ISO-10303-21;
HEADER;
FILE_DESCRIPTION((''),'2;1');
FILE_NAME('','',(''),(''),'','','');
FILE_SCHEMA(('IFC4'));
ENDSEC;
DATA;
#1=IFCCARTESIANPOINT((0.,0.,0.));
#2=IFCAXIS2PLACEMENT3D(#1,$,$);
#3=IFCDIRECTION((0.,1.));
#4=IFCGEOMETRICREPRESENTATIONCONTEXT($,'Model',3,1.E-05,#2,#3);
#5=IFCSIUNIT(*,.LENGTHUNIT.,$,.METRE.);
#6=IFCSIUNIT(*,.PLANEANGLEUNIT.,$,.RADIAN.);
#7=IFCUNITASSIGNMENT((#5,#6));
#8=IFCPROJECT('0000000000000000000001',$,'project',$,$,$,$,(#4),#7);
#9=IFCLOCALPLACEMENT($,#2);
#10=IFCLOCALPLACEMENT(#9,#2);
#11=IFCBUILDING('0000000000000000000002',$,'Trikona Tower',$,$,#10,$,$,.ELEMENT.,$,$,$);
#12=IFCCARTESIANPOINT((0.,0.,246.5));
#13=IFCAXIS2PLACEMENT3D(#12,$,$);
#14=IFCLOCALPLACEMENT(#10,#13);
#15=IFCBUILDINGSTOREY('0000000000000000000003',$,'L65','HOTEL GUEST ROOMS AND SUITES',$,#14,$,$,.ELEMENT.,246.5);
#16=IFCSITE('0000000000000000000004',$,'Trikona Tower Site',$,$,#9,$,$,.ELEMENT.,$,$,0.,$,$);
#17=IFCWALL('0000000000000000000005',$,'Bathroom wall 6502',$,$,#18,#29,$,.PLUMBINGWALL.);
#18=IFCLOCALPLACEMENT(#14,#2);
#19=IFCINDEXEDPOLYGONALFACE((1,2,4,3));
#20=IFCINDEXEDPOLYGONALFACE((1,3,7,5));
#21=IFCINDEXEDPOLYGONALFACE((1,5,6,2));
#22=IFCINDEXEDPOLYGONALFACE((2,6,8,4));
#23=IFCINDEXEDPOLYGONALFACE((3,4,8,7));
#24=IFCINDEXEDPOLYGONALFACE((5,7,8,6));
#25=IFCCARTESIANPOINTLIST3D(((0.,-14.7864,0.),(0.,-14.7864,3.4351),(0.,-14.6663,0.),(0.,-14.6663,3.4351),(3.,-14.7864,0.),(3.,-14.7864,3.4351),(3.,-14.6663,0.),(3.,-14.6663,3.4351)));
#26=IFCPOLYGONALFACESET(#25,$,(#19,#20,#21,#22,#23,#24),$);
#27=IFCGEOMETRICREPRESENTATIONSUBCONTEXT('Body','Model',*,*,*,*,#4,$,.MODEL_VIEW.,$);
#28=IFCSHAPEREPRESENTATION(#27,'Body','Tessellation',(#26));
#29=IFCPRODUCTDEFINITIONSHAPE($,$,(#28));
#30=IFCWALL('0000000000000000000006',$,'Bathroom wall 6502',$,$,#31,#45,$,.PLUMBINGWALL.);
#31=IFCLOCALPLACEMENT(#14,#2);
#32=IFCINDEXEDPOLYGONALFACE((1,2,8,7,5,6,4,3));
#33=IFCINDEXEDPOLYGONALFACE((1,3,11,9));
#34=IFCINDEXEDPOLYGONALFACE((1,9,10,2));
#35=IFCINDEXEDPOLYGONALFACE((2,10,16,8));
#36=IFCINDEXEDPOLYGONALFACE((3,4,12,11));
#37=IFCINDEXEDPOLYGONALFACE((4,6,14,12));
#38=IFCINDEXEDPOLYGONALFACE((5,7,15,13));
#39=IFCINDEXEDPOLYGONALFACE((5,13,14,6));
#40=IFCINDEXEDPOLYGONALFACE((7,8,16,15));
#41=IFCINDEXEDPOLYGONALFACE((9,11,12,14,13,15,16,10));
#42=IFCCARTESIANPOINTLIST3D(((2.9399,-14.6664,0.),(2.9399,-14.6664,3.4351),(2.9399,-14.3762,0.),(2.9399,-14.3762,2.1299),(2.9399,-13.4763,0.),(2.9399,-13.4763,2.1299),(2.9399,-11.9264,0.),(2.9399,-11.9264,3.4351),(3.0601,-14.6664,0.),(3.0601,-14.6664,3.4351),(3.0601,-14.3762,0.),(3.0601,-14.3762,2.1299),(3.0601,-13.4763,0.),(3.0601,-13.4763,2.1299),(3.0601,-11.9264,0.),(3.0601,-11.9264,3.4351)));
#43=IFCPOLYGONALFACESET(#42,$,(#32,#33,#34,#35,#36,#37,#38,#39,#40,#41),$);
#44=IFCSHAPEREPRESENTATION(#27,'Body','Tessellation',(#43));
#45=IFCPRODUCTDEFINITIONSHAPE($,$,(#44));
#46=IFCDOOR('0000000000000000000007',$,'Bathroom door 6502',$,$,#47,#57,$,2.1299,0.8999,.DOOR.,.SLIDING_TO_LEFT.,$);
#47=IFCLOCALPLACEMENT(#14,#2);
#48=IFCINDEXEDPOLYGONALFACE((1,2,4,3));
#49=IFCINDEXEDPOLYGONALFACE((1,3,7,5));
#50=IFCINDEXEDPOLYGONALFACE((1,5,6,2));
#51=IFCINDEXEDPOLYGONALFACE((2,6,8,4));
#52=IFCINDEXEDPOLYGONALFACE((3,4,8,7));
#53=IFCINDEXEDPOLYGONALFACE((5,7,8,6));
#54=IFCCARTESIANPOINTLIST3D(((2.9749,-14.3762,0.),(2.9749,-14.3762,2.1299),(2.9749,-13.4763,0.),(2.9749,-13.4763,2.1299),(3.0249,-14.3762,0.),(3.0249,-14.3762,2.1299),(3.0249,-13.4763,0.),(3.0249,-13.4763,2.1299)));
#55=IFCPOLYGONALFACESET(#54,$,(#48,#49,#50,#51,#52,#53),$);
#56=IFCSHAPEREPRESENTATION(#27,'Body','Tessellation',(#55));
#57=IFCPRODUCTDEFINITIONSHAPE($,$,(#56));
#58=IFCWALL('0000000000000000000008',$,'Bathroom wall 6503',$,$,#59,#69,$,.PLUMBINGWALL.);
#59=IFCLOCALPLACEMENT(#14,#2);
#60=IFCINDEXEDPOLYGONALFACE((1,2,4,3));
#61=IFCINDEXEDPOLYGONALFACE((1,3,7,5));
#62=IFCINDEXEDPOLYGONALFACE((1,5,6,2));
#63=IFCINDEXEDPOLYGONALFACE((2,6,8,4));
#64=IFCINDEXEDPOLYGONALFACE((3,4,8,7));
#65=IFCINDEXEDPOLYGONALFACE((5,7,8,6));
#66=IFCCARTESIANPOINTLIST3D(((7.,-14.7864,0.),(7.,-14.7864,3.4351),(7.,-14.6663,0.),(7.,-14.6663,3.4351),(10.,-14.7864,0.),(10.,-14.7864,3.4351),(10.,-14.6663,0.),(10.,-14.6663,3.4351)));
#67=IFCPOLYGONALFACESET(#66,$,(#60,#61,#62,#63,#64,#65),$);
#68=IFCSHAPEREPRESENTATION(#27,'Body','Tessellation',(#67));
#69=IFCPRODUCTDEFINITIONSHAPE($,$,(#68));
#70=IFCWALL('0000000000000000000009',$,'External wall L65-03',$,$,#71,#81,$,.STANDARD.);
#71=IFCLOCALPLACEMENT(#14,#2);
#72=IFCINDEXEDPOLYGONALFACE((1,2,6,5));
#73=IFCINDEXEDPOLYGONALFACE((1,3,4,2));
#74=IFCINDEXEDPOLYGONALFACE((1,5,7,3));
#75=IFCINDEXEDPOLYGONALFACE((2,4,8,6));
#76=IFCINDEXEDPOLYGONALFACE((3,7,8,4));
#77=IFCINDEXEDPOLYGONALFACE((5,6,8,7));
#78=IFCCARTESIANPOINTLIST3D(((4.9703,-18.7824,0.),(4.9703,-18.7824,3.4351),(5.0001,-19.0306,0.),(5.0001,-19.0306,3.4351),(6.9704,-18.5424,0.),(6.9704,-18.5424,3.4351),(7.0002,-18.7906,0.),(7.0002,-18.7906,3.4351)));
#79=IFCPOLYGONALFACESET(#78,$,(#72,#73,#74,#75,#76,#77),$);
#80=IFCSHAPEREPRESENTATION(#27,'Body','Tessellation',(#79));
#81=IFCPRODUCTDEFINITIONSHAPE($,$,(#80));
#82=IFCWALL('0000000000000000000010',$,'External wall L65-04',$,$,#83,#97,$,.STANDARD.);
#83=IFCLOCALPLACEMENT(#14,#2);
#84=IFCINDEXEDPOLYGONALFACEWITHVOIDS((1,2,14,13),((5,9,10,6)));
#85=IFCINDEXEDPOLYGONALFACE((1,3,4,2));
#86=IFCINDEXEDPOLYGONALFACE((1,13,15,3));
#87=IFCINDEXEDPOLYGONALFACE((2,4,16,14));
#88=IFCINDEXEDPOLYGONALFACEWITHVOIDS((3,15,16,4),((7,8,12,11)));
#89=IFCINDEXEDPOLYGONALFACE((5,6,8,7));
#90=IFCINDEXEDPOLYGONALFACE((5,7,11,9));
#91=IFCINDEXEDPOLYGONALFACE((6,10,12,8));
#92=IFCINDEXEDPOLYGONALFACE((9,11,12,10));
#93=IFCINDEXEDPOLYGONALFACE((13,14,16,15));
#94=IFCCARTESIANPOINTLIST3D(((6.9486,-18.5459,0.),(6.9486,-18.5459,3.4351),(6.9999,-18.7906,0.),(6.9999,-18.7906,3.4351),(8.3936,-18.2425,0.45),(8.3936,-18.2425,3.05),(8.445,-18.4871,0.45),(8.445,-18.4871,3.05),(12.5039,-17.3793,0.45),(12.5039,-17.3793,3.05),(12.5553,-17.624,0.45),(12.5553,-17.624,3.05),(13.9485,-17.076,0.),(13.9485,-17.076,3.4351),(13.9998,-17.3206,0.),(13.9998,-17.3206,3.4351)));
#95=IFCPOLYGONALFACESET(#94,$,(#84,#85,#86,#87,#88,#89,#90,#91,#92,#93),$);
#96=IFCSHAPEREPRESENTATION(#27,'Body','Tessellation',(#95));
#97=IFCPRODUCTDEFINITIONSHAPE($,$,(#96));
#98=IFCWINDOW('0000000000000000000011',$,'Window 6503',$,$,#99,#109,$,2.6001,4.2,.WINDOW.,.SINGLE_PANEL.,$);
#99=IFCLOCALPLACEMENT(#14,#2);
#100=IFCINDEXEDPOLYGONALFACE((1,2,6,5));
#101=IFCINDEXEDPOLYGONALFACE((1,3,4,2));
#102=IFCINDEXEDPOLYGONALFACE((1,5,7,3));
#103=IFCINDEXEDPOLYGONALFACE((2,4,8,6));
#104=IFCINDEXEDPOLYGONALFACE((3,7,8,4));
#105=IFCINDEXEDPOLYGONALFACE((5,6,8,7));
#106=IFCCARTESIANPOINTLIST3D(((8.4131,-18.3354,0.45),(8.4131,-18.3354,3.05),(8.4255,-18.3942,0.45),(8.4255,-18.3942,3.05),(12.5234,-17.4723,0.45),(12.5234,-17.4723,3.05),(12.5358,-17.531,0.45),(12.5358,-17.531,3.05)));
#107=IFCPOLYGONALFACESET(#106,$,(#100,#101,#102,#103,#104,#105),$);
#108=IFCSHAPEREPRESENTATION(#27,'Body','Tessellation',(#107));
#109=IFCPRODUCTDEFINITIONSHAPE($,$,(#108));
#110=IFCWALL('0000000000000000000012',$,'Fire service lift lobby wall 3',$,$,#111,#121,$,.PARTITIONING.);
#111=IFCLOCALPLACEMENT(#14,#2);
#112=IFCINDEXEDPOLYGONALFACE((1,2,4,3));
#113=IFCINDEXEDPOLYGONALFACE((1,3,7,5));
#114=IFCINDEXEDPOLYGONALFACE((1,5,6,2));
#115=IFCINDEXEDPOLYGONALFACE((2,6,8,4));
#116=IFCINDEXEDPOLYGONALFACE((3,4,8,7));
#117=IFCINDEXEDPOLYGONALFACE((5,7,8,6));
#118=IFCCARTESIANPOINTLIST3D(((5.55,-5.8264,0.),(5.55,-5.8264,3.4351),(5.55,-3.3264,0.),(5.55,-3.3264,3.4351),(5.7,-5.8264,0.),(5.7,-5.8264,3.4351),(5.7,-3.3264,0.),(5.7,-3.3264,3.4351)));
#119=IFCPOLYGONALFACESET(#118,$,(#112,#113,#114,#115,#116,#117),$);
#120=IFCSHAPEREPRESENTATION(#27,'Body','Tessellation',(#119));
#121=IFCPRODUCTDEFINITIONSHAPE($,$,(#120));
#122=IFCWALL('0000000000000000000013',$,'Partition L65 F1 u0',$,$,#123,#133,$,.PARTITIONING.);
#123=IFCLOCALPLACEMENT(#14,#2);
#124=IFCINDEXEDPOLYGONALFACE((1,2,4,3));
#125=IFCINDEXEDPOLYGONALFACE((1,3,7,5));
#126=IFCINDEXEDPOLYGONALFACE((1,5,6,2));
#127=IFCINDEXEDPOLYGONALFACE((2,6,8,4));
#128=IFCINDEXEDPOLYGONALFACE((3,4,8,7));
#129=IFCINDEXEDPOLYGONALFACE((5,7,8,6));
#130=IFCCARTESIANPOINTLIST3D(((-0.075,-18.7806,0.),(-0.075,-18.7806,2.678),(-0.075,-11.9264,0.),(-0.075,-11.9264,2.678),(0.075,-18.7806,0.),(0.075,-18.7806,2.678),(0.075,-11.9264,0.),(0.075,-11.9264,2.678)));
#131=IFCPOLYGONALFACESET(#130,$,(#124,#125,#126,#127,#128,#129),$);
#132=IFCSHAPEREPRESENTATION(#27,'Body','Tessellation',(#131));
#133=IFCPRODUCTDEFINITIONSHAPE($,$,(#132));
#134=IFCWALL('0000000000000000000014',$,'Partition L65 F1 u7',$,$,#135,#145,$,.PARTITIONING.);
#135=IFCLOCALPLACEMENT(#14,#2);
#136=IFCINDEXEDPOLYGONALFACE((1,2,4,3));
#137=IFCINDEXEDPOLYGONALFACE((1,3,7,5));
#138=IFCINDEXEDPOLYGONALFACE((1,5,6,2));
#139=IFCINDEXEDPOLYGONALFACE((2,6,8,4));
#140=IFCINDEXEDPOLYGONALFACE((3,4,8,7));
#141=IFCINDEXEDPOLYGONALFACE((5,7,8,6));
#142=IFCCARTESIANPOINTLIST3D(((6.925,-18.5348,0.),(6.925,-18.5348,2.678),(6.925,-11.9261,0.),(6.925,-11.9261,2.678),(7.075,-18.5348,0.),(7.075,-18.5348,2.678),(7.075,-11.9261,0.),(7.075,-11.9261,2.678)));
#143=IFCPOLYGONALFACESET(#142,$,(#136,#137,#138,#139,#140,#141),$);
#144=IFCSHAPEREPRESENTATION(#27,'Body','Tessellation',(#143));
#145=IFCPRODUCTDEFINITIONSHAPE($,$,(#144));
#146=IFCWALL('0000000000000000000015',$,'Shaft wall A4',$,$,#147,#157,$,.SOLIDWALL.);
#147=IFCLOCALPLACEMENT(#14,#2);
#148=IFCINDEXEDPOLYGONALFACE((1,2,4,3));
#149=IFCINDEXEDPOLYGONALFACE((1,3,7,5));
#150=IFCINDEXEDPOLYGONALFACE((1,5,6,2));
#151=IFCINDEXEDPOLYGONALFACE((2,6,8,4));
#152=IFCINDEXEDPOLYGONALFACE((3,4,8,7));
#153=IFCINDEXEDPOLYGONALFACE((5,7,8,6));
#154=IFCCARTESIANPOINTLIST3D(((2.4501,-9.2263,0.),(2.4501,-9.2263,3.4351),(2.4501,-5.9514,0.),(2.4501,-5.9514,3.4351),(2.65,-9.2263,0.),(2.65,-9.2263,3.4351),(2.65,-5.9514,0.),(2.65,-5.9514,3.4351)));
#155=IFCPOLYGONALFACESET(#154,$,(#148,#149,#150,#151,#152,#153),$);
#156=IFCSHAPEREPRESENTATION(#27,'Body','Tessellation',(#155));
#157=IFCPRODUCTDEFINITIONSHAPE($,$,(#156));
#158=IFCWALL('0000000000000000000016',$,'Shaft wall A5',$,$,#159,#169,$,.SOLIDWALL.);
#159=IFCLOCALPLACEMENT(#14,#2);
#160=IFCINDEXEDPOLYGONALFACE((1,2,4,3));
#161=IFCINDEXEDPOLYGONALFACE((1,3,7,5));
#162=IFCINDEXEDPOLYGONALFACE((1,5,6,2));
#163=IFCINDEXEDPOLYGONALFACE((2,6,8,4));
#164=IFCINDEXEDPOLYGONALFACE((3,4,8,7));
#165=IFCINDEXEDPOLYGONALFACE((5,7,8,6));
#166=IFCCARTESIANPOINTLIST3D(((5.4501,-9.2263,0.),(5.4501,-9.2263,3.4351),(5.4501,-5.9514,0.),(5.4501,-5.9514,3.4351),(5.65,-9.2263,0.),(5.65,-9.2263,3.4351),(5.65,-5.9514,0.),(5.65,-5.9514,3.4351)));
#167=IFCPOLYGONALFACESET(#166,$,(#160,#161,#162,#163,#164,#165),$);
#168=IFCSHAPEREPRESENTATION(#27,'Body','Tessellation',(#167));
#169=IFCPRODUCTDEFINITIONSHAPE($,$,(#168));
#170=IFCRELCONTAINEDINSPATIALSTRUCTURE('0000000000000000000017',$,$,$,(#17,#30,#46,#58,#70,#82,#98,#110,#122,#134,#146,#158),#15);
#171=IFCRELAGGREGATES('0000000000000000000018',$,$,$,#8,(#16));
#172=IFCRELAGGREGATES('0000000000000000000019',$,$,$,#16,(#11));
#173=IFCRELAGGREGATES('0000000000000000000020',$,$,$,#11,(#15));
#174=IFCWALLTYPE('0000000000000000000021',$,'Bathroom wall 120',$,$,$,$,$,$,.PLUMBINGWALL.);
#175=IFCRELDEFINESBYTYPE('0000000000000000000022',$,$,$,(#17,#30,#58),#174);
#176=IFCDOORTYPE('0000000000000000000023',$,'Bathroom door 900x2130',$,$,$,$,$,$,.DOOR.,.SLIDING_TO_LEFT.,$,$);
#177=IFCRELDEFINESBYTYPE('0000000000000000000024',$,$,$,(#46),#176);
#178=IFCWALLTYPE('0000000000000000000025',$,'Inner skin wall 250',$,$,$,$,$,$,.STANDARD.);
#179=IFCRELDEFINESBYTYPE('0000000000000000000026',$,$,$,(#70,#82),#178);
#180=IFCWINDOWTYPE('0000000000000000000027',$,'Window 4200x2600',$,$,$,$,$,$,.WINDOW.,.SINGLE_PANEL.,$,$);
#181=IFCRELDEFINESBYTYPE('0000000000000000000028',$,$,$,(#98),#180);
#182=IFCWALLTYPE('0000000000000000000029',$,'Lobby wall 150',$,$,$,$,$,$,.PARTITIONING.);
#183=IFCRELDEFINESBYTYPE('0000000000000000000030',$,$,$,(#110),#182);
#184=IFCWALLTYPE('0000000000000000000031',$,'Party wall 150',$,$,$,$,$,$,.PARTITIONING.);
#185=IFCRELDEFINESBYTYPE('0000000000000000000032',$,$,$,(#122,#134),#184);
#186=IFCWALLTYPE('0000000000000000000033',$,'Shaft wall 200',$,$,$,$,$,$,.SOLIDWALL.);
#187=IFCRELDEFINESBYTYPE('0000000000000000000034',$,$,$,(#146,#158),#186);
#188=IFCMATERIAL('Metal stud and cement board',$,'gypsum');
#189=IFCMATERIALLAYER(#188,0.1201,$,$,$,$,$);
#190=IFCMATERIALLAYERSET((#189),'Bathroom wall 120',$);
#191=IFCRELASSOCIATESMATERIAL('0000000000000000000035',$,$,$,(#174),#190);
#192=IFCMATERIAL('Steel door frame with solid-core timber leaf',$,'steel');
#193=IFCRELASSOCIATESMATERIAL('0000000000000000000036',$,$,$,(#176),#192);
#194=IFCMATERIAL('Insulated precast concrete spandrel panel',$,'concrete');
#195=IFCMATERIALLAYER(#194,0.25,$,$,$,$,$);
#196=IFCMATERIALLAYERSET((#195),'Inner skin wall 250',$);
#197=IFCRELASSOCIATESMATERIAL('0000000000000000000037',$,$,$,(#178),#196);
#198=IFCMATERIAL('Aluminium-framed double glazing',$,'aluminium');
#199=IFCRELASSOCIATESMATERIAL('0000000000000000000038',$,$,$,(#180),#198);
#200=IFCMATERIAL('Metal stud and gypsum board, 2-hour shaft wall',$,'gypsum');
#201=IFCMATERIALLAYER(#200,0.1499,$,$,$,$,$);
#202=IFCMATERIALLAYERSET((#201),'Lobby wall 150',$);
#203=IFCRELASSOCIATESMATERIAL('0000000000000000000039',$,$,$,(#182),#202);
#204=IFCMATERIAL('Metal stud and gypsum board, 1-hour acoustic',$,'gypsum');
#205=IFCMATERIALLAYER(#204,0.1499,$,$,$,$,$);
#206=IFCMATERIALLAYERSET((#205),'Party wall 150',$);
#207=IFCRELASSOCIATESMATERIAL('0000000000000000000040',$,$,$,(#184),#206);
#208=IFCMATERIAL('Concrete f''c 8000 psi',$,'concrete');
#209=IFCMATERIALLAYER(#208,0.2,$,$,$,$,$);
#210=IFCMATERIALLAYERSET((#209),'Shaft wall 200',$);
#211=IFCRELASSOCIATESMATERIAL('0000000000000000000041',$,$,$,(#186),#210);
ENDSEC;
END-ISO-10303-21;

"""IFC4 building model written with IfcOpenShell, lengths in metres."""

from ifc_helpers import new_model, si_unit, direction, frame, frame_2d, origin, place, context, subcontext, project, spatial, rectangle, extrude, material, layer, layer_set, type_object, element, fill, save


model = new_model("IFC4")

# Units and contexts
model_context = context("Model", 3, precision=1e-05, world=origin(), true_north=direction((0.0, 1.0)))
body_context = subcontext(model_context, "Body", "Model", "MODEL_VIEW")
ifc_project = project(units=[si_unit("LENGTHUNIT", "METRE"), si_unit("PLANEANGLEUNIT", "RADIAN")], contexts=[model_context])

# Site, building, storey
site_placement = place(None, origin())
site = spatial("IfcSite", under=ifc_project, at=site_placement, Name="Trikona Tower Site", CompositionType="ELEMENT", RefElevation=0.0)
building_placement = place(site_placement, origin())
building = spatial("IfcBuilding", under=site, at=building_placement, Name="Trikona Tower", CompositionType="ELEMENT")
storey_placement = place(building_placement, frame((0.0, 0.0, 246.5)))
storey = spatial("IfcBuildingStorey", under=building, at=storey_placement, Name="L65", Description="HOTEL GUEST ROOMS AND SUITES", CompositionType="ELEMENT", Elevation=246.5)

# Wall
ifc_material_1 = material(Name="Metal stud and cement board", Category="gypsum")
ifc_layer_1 = layer(ifc_material_1, 0.1201)
ifc_layer_set_1 = layer_set([ifc_layer_1], Name="Bathroom wall 120")
wall_type_1 = type_object("IfcWallType", Name="Bathroom wall 120", PredefinedType="PLUMBINGWALL", material=ifc_layer_set_1)
wall_1_placement = place(storey_placement, frame((0.0, -14.7263, 0.0), z_axis=(0.0, 0.0, 1.0), x_axis=(1.0, 0.0, 0.0)))
element("IfcWall", 1, at=wall_1_placement, inside=storey, type_object=wall_type_1, Name="Bathroom wall 6502", PredefinedType="PLUMBINGWALL", context=body_context, shape_type="SweptSolid", body=[
    extrude(rectangle(XDim=3.0, YDim=0.1201, at=frame_2d((1.5, 0.0))), origin(), (0.0, 0.0, 1.0), 3.4351),
])

# Wall, opening, door
wall_2_placement = place(storey_placement, frame((3.0, -11.9263, 0.0), z_axis=(0.0, 0.0, 1.0), x_axis=(0.0, -1.0, 0.0)))
wall_2 = element("IfcWall", 2, at=wall_2_placement, inside=storey, type_object=wall_type_1, Name="Bathroom wall 6502", PredefinedType="PLUMBINGWALL", context=body_context, shape_type="SweptSolid", body=[
    extrude(rectangle(XDim=2.74, YDim=0.1201, at=frame_2d((1.3701, 0.0))), origin(), (0.0, 0.0, 1.0), 3.4351),
])
opening_1_placement = place(wall_2_placement, frame((1.55, 0.0, 0.0)))
opening_1 = element("IfcOpeningElement", 3, at=opening_1_placement, cuts=wall_2, PredefinedType="OPENING", context=body_context, shape_type="SweptSolid", body=[
    extrude(rectangle(XDim=0.8999, YDim=2.1299, at=frame_2d((0.45, 1.0649))), frame((0.0, 0.0701, 0.0), z_axis=(0.0, -1.0, 0.0), x_axis=(1.0, 0.0, 0.0)), (0.0, 0.0, 1.0), 0.1401),
])
ifc_material_2 = material(Name="Steel door frame with solid-core timber leaf", Category="steel")
door_type = type_object("IfcDoorType", Name="Bathroom door 900x2130", OperationType="SLIDING_TO_LEFT", PredefinedType="DOOR", material=ifc_material_2)
door_placement = place(opening_1_placement, origin())
door = element("IfcDoor", 4, at=door_placement, inside=storey, type_object=door_type, Name="Bathroom door 6502", OperationType="SLIDING_TO_LEFT", OverallHeight=2.1299, OverallWidth=0.8999, PredefinedType="DOOR", context=body_context, shape_type="SweptSolid", body=[
    extrude(rectangle(XDim=0.8999, YDim=2.1299, at=frame_2d((0.45, 1.0649))), frame((0.0, 0.0249, 0.0), z_axis=(0.0, -1.0, 0.0), x_axis=(1.0, 0.0, 0.0)), (0.0, 0.0, 1.0), 0.05),
])
fill(opening_1, door)

# Walls
wall_3_placement = place(storey_placement, frame((7.0, -14.7263, 0.0), z_axis=(0.0, 0.0, 1.0), x_axis=(1.0, 0.0, 0.0)))
element("IfcWall", 5, at=wall_3_placement, inside=storey, type_object=wall_type_1, Name="Bathroom wall 6503", PredefinedType="PLUMBINGWALL", context=body_context, shape_type="SweptSolid", body=[
    extrude(rectangle(XDim=3.0, YDim=0.1201, at=frame_2d((1.5, 0.0))), origin(), (0.0, 0.0, 1.0), 3.4351),
])
ifc_material_3 = material(Name="Insulated precast concrete spandrel panel", Category="concrete")
ifc_layer_2 = layer(ifc_material_3, 0.25)
ifc_layer_set_2 = layer_set([ifc_layer_2], Name="Inner skin wall 250")
wall_type_2 = type_object("IfcWallType", Name="Inner skin wall 250", PredefinedType="STANDARD", material=ifc_layer_set_2)
wall_4_placement = place(storey_placement, frame((4.9851, -18.9065, 0.0), z_axis=(0.0, 0.0, 1.0), x_axis=(0.992877, 0.11914, 0.0)))
element("IfcWall", 6, at=wall_4_placement, inside=storey, type_object=wall_type_2, Name="External wall L65-03", PredefinedType="STANDARD", context=body_context, shape_type="SweptSolid", body=[
    extrude(rectangle(XDim=2.0144, YDim=0.25, at=frame_2d((1.0073, 0.0))), origin(), (0.0, 0.0, 1.0), 3.4351),
])

# Wall, opening, window
wall_5_placement = place(storey_placement, frame((6.9744, -18.6682, 0.0), z_axis=(0.0, 0.0, 1.0), x_axis=(0.978654, 0.205513, 0.0)))
wall_5 = element("IfcWall", 7, at=wall_5_placement, inside=storey, type_object=wall_type_2, Name="External wall L65-04", PredefinedType="STANDARD", context=body_context, shape_type="SweptSolid", body=[
    extrude(rectangle(XDim=7.1526, YDim=0.25, at=frame_2d((3.5762, 0.0))), origin(), (0.0, 0.0, 1.0), 3.4351),
])
opening_2_placement = place(wall_5_placement, frame((1.4763, 0.0, 0.45)))
opening_2 = element("IfcOpeningElement", 8, at=opening_2_placement, cuts=wall_5, PredefinedType="OPENING", context=body_context, shape_type="SweptSolid", body=[
    extrude(rectangle(XDim=4.2, YDim=2.6001, at=frame_2d((2.1001, 1.3))), frame((0.0, 0.135, 0.0), z_axis=(0.0, -1.0, 0.0), x_axis=(1.0, 0.0, 0.0)), (0.0, 0.0, 1.0), 0.27),
])
ifc_material_4 = material(Name="Aluminium-framed double glazing", Category="aluminium")
window_type = type_object("IfcWindowType", Name="Window 4200x2600", PartitioningType="SINGLE_PANEL", PredefinedType="WINDOW", material=ifc_material_4)
window_placement = place(opening_2_placement, origin())
window = element("IfcWindow", 9, at=window_placement, inside=storey, type_object=window_type, Name="Window 6503", OverallHeight=2.6001, OverallWidth=4.2, PartitioningType="SINGLE_PANEL", PredefinedType="WINDOW", context=body_context, shape_type="SweptSolid", body=[
    extrude(rectangle(XDim=4.2, YDim=2.6001, at=frame_2d((2.1001, 1.3))), frame((0.0, 0.03, 0.0), z_axis=(0.0, -1.0, 0.0), x_axis=(1.0, 0.0, 0.0)), (0.0, 0.0, 1.0), 0.0601),
])
fill(opening_2, window)

# Walls
ifc_material_5 = material(Name="Metal stud and gypsum board, 2-hour shaft wall", Category="gypsum")
ifc_layer_3 = layer(ifc_material_5, 0.1499)
ifc_layer_set_3 = layer_set([ifc_layer_3], Name="Lobby wall 150")
wall_type_3 = type_object("IfcWallType", Name="Lobby wall 150", PredefinedType="PARTITIONING", material=ifc_layer_set_3)
wall_6_placement = place(storey_placement, frame((5.625, -5.8264, 0.0), z_axis=(0.0, 0.0, 1.0), x_axis=(0.0, 1.0, 0.0)))
element("IfcWall", 10, at=wall_6_placement, inside=storey, type_object=wall_type_3, Name="Fire service lift lobby wall 3", PredefinedType="PARTITIONING", context=body_context, shape_type="SweptSolid", body=[
    extrude(rectangle(XDim=2.5, YDim=0.1499, at=frame_2d((1.25, 0.0))), origin(), (0.0, 0.0, 1.0), 3.4351),
])
ifc_material_6 = material(Name="Metal stud and gypsum board, 1-hour acoustic", Category="gypsum")
ifc_layer_4 = layer(ifc_material_6, 0.1499)
ifc_layer_set_4 = layer_set([ifc_layer_4], Name="Party wall 150")
wall_type_4 = type_object("IfcWallType", Name="Party wall 150", PredefinedType="PARTITIONING", material=ifc_layer_set_4)
wall_7_placement = place(storey_placement, frame((0.0, -11.9263, 0.0), z_axis=(0.0, 0.0, 1.0), x_axis=(0.0, -1.0, 0.0)))
element("IfcWall", 11, at=wall_7_placement, inside=storey, type_object=wall_type_4, Name="Partition L65 F1 u0", PredefinedType="PARTITIONING", context=body_context, shape_type="SweptSolid", body=[
    extrude(rectangle(XDim=6.8542, YDim=0.1499, at=frame_2d((3.4272, 0.0))), origin(), (0.0, 0.0, 1.0), 2.678),
])
wall_8_placement = place(storey_placement, frame((7.0, -11.9263, 0.0), z_axis=(0.0, 0.0, 1.0), x_axis=(0.0, -1.0, 0.0)))
element("IfcWall", 12, at=wall_8_placement, inside=storey, type_object=wall_type_4, Name="Partition L65 F1 u7", PredefinedType="PARTITIONING", context=body_context, shape_type="SweptSolid", body=[
    extrude(rectangle(XDim=6.6086, YDim=0.1499, at=frame_2d((3.3042, 0.0))), origin(), (0.0, 0.0, 1.0), 2.678),
])
ifc_material_7 = material(Name="Concrete f'c 8000 psi", Category="concrete")
ifc_layer_5 = layer(ifc_material_7, 0.2)
ifc_layer_set_5 = layer_set([ifc_layer_5], Name="Shaft wall 200")
wall_type_5 = type_object("IfcWallType", Name="Shaft wall 200", PredefinedType="SOLIDWALL", material=ifc_layer_set_5)
for number, where, z_axis, x_axis, name in (
    (13, (2.55, -5.9514, 0.0), (0.0, 0.0, 1.0), (0.0, -1.0, 0.0), "Shaft wall A4"),
    (14, (5.55, -5.9514, 0.0), (0.0, 0.0, 1.0), (0.0, -1.0, 0.0), "Shaft wall A5"),
):
    element("IfcWall", number, at=place(storey_placement, frame(where, z_axis=z_axis, x_axis=x_axis)), inside=storey, type_object=wall_type_5, Name=name, PredefinedType="SOLIDWALL", context=body_context, shape_type="SweptSolid", body=[
        extrude(rectangle(XDim=3.2749, YDim=0.2, at=frame_2d((1.6375, 0.0))), origin(), (0.0, 0.0, 1.0), 3.4351),
    ])

save(model, "model.ifc")
